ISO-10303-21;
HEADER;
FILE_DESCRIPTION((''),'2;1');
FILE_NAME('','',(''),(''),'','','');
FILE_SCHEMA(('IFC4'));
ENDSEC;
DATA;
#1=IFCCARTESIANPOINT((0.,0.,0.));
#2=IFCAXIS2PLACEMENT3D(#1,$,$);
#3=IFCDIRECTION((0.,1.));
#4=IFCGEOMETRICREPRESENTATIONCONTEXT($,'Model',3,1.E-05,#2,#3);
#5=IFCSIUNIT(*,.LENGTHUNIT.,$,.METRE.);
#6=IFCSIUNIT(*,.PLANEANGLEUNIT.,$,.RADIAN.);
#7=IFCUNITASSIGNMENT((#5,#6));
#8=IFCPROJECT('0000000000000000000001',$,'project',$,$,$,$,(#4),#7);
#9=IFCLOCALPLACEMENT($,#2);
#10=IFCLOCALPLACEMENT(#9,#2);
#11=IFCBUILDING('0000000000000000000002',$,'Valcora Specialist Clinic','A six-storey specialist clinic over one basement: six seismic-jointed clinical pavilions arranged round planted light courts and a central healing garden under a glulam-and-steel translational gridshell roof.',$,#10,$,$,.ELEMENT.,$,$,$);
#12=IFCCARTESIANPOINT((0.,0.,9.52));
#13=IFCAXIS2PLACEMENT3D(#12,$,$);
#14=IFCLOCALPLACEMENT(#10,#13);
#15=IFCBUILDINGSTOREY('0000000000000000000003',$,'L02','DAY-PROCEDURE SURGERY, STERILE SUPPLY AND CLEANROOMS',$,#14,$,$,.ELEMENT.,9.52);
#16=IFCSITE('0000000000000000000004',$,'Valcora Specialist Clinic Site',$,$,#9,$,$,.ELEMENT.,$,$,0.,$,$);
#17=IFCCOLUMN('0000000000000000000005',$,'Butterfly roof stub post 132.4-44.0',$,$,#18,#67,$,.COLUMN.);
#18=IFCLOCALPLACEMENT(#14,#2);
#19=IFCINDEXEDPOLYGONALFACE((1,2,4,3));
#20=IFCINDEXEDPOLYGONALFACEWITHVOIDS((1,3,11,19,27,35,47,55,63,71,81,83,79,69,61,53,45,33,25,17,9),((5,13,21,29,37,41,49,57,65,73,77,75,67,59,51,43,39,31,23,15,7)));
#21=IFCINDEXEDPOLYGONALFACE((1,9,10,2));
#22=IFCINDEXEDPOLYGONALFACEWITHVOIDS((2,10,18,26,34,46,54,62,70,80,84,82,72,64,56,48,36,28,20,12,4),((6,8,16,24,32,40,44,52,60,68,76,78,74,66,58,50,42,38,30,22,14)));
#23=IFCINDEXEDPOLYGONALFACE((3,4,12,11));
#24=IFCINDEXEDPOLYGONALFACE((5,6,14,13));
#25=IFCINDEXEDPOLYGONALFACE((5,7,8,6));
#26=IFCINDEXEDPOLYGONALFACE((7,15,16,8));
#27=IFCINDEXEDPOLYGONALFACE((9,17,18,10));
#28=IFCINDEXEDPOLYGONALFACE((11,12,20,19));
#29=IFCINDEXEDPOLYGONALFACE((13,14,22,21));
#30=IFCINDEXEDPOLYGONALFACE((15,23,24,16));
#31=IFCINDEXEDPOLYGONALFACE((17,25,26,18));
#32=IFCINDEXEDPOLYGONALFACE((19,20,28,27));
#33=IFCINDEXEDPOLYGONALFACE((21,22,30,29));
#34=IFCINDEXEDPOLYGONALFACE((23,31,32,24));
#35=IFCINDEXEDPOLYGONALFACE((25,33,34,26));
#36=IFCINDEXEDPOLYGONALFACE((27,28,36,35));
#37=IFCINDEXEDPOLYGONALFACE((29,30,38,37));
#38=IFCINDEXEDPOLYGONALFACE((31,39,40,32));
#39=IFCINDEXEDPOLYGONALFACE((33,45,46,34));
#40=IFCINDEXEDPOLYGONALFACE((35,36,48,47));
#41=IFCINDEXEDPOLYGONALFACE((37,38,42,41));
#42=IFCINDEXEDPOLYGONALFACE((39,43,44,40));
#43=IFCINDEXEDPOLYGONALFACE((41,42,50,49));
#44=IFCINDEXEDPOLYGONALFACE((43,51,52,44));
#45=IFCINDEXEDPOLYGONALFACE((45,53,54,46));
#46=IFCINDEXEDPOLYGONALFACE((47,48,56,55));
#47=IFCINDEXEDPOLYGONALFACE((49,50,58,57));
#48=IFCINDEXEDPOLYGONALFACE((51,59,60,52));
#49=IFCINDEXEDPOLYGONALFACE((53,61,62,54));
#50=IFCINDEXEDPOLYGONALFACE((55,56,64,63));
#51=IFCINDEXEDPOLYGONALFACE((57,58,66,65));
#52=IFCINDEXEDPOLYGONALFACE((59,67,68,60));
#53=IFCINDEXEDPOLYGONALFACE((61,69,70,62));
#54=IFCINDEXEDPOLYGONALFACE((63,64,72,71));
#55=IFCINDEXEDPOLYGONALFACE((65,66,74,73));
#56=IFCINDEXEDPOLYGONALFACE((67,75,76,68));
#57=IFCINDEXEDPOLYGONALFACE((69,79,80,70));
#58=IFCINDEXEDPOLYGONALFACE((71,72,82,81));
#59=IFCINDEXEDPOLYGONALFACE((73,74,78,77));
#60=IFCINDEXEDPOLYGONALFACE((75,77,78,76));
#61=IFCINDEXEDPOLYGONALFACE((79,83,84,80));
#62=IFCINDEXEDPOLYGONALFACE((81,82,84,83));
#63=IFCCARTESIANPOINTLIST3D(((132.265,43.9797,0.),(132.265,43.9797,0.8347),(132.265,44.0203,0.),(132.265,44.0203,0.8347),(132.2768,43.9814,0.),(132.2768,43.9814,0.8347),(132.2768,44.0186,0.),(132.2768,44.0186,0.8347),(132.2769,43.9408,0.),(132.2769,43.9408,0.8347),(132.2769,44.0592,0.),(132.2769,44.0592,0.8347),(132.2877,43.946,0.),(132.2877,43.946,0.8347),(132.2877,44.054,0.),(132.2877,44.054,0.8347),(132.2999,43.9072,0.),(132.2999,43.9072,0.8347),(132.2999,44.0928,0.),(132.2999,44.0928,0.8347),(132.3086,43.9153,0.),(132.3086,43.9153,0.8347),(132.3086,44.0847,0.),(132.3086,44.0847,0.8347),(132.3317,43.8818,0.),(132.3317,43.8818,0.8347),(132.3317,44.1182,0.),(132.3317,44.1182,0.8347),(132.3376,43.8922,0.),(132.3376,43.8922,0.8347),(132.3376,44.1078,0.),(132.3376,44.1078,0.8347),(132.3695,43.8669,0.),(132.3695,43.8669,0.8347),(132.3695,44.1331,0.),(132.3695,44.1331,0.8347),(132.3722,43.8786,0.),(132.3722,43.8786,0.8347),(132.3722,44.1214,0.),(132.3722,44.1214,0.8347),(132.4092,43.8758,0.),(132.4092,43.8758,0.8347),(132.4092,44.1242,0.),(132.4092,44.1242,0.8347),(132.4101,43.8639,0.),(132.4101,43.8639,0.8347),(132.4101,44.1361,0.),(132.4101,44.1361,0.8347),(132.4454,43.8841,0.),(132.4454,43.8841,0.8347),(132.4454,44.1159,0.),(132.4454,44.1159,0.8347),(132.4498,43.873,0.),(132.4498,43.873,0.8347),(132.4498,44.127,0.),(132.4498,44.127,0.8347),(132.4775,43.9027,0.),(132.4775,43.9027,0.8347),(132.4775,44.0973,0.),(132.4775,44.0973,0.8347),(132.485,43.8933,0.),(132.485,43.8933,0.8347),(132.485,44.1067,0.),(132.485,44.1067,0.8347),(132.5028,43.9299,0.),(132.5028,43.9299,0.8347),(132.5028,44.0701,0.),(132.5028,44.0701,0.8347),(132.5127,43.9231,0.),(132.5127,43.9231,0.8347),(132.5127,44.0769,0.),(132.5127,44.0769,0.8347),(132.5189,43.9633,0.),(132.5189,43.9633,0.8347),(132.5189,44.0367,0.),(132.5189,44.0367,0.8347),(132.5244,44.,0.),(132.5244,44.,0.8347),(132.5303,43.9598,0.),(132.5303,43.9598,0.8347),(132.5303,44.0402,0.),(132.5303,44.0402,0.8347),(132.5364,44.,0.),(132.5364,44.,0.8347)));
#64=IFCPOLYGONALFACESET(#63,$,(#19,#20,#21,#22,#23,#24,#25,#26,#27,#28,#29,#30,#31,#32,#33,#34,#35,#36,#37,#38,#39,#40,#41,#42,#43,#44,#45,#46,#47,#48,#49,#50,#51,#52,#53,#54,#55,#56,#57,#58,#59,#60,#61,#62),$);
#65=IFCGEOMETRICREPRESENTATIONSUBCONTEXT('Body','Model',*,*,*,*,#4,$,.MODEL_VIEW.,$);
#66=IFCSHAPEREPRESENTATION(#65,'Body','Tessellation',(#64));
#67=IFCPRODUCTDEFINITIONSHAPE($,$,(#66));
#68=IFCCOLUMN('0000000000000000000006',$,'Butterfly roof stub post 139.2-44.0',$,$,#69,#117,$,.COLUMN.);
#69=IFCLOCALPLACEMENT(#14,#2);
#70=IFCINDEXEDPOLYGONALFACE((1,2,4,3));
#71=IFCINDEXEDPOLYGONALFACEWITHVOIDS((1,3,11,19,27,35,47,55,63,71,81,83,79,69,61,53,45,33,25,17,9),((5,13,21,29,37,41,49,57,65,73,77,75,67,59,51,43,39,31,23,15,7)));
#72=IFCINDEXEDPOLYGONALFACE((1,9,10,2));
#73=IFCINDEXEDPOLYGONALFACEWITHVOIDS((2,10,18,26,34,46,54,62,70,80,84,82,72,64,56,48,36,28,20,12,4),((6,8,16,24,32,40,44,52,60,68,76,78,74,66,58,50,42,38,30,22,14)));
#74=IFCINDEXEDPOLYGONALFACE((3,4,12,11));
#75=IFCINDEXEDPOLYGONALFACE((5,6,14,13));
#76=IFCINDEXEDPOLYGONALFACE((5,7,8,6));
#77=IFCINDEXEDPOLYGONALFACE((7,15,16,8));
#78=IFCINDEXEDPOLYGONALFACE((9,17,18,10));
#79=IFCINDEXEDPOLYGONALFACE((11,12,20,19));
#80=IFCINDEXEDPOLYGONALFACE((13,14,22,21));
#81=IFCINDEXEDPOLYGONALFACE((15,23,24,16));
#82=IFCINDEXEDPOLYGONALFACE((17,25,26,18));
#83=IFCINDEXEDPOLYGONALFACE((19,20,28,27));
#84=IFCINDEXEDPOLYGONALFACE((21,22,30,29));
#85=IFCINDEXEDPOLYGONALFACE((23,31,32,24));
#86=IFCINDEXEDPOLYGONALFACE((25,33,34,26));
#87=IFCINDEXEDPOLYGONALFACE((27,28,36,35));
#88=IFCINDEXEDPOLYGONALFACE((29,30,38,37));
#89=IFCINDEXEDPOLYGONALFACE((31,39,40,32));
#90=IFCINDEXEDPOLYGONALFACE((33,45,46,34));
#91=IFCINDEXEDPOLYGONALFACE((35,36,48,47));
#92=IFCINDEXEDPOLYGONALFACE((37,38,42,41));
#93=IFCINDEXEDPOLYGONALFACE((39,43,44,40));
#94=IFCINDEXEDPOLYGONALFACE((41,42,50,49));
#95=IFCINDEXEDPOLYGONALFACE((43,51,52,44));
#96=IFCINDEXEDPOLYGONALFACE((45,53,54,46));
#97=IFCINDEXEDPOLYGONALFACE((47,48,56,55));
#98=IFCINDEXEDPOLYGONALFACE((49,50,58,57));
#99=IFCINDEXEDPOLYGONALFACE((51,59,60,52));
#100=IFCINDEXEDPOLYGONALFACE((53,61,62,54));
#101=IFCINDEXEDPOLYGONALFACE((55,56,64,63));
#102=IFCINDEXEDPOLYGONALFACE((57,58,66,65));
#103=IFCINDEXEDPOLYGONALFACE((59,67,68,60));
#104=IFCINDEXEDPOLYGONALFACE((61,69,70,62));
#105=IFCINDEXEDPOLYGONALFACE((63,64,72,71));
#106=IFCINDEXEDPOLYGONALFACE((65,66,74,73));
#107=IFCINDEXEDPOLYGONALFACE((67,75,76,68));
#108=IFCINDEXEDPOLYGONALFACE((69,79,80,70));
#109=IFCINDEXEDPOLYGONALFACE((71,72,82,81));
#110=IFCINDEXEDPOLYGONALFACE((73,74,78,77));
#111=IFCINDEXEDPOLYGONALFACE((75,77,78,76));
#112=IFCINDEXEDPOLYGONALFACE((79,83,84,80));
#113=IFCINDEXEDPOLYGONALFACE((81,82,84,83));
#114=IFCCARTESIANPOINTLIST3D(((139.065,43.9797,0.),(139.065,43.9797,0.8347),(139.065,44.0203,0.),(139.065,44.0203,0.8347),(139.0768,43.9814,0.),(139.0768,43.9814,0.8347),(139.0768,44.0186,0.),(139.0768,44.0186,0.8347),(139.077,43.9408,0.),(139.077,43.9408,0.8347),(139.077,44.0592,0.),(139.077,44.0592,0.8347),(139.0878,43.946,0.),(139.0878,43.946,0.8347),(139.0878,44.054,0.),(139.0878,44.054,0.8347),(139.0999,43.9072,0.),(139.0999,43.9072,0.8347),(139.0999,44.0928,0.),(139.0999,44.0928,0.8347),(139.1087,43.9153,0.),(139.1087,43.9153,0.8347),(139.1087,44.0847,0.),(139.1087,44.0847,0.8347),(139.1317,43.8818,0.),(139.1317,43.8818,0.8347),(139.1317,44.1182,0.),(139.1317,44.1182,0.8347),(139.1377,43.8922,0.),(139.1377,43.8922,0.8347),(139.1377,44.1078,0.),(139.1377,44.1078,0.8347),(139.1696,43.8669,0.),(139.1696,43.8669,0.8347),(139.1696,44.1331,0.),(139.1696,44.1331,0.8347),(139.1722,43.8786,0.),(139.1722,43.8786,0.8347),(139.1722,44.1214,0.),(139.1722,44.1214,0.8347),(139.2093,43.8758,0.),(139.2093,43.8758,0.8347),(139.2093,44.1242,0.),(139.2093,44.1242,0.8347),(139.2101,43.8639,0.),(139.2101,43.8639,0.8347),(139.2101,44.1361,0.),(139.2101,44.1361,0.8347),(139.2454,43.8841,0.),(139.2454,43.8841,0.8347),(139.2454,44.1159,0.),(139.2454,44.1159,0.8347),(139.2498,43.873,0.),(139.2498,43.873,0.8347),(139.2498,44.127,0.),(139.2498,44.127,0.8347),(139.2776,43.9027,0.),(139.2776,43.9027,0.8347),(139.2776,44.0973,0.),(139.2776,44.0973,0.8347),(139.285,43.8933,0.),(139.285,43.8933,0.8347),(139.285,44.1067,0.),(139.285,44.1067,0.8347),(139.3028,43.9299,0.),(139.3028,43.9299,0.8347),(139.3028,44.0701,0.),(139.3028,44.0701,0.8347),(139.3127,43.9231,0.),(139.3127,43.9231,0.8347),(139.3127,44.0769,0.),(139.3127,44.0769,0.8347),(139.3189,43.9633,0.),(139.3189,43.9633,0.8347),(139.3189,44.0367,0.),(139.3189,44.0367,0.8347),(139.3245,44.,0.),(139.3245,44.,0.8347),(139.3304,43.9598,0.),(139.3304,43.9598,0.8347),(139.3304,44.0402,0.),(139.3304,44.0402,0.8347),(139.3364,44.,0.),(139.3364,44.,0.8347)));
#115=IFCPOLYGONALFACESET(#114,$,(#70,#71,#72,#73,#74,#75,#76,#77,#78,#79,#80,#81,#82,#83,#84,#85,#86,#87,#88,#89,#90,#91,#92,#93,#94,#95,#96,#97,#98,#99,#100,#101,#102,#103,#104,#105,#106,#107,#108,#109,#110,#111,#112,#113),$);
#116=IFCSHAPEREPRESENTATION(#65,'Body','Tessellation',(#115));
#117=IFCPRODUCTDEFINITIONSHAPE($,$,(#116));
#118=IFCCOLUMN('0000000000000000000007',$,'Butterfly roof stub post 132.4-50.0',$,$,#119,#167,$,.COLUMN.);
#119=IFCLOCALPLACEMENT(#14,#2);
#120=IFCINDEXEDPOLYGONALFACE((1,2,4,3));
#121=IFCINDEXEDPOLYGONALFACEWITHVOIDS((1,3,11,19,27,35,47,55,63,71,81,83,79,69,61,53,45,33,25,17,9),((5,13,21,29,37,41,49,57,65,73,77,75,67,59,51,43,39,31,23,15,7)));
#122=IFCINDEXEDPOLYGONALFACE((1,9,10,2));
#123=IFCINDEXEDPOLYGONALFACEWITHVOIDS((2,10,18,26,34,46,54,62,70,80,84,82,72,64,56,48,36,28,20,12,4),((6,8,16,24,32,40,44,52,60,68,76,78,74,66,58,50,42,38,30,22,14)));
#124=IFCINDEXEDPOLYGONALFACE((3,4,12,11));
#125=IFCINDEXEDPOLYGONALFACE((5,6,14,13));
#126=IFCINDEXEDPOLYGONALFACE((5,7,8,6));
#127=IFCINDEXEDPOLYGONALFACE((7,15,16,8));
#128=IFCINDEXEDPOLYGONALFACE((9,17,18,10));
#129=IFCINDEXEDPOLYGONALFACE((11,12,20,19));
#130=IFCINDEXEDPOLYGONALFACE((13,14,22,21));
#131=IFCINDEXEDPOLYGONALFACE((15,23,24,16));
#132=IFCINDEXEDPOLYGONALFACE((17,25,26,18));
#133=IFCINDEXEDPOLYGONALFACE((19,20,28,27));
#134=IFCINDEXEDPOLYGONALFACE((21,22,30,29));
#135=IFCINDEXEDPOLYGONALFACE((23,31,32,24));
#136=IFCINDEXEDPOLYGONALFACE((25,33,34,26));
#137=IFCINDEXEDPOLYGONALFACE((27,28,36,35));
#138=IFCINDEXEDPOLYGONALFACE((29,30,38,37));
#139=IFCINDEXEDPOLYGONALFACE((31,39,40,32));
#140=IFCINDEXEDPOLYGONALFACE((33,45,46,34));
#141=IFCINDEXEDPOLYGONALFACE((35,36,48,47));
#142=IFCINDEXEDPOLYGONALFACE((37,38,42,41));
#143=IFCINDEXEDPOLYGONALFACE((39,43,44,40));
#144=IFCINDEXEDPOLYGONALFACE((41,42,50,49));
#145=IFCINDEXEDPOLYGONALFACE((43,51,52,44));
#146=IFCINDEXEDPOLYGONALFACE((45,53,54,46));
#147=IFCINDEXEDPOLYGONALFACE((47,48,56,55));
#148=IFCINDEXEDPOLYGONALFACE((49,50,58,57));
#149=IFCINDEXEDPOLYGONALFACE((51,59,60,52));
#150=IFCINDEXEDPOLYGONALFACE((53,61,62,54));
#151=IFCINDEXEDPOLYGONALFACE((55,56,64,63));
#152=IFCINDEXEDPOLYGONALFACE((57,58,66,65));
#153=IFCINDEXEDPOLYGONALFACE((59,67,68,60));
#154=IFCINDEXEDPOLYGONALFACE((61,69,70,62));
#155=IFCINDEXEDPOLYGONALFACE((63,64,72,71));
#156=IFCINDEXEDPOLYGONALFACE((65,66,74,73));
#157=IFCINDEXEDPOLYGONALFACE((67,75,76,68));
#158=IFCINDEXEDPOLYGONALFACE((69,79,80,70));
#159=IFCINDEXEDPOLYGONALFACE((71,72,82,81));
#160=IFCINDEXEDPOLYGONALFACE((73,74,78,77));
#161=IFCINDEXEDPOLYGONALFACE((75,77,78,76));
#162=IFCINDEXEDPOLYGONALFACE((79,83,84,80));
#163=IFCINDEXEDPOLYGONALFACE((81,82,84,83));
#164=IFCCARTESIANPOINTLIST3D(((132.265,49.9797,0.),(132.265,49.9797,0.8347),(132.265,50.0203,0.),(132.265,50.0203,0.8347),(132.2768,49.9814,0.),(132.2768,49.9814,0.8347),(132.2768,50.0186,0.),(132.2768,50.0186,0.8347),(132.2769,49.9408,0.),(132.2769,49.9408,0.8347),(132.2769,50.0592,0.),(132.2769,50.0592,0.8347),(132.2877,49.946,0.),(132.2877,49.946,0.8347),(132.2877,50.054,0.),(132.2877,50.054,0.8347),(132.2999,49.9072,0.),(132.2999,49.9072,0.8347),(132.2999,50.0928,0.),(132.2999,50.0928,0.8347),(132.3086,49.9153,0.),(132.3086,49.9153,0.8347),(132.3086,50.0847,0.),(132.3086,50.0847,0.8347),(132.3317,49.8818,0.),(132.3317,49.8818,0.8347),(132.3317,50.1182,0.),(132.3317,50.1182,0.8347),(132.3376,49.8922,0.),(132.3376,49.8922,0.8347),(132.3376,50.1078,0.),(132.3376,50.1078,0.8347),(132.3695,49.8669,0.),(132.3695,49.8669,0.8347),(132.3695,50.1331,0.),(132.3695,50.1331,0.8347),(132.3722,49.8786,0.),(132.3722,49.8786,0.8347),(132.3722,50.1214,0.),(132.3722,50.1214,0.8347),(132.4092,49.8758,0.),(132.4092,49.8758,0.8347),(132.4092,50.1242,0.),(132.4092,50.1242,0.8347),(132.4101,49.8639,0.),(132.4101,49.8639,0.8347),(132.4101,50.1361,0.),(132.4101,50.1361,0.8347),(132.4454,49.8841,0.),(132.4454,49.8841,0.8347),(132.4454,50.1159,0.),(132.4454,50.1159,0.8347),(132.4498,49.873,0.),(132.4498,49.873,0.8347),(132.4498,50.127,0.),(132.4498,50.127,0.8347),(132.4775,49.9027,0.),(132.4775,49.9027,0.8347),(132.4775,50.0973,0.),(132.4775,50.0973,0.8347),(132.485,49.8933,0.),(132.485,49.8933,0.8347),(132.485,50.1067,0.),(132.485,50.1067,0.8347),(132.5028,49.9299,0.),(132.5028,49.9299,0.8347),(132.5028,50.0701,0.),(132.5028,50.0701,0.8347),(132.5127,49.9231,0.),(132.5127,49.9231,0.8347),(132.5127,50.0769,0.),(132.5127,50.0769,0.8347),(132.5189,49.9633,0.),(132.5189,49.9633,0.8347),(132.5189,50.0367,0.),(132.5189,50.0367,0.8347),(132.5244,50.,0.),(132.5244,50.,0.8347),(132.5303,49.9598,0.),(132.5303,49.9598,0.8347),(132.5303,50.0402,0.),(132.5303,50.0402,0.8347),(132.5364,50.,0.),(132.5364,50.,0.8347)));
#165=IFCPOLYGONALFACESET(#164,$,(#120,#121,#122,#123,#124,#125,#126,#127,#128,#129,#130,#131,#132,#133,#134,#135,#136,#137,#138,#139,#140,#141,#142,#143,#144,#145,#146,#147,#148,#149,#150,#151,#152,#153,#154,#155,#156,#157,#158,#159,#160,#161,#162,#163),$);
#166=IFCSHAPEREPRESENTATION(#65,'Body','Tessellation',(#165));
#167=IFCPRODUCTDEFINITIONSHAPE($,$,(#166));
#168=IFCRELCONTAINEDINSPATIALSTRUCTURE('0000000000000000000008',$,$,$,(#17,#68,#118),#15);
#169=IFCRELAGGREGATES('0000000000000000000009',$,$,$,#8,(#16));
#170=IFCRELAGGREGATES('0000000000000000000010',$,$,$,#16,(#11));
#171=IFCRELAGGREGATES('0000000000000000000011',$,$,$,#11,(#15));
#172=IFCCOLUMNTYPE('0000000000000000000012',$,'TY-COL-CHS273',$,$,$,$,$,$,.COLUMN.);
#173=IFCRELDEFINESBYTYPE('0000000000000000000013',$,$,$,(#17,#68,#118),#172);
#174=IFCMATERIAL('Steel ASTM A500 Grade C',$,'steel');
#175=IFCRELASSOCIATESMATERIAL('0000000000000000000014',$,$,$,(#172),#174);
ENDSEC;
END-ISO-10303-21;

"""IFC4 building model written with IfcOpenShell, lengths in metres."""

from ifc_helpers import new_model, si_unit, direction, frame, origin, origin_2d, place, context, subcontext, project, spatial, hollow_circle, extrude, material, material_profile, profile_set, type_object, element, save


model = new_model("IFC4")

# Units and contexts
model_context = context("Model", 3, precision=1e-05, world=origin(), true_north=direction((0.0, 1.0)))
body_context = subcontext(model_context, "Body", "Model", "MODEL_VIEW")
ifc_project = project(units=[si_unit("LENGTHUNIT", "METRE"), si_unit("PLANEANGLEUNIT", "RADIAN")], contexts=[model_context])

# Site, building, storey
site_placement = place(None, origin())
site = spatial("IfcSite", under=ifc_project, at=site_placement, Name="Valcora Specialist Clinic Site", CompositionType="ELEMENT", RefElevation=0.0)
building_placement = place(site_placement, origin())
building = spatial("IfcBuilding", under=site, at=building_placement, Name="Valcora Specialist Clinic", Description="A six-storey specialist clinic over one basement: six seismic-jointed clinical pavilions arranged round planted light courts and a central healing garden under a glulam-and-steel translational gridshell roof.", CompositionType="ELEMENT")
storey_placement = place(building_placement, frame((0.0, 0.0, 9.52)))
storey = spatial("IfcBuildingStorey", under=building, at=storey_placement, Name="L02", Description="DAY-PROCEDURE SURGERY, STERILE SUPPLY AND CLEANROOMS", CompositionType="ELEMENT", Elevation=9.52)

# Columns
ifc_material_1 = material(Name="Steel ASTM A500 Grade C", Category="steel")
ifc_material_profile_1 = material_profile(ifc_material_1, hollow_circle(Radius=0.1365, WallThickness=0.012, at=origin_2d()), Name="ST-CHS-273X12")
ifc_profile_set_1 = profile_set([ifc_material_profile_1], Name="Steel ASTM A500 Grade C")
column_type = type_object("IfcColumnType", Name="TY-COL-CHS273", PredefinedType="COLUMN", material=ifc_profile_set_1)
for number, where, z_axis, x_axis, name in (
    (1, (132.3999, 44.0, 0.0), (0.0, 0.0, 1.0), (1.0, 0.0, 0.0), "Butterfly roof stub post 132.4-44.0"),
    (2, (139.2, 44.0, 0.0), (0.0, 0.0, 1.0), (1.0, 0.0, 0.0), "Butterfly roof stub post 139.2-44.0"),
    (3, (132.3999, 50.0, 0.0), (0.0, 0.0, 1.0), (1.0, 0.0, 0.0), "Butterfly roof stub post 132.4-50.0"),
):
    element("IfcColumn", number, at=place(storey_placement, frame(where, z_axis=z_axis, x_axis=x_axis)), inside=storey, type_object=column_type, Name=name, PredefinedType="COLUMN", context=body_context, shape_type="SweptSolid", body=[
        extrude(hollow_circle(Radius=0.1365, WallThickness=0.012, at=origin_2d()), origin(), (0.0, 0.0, 1.0), 0.8347),
    ])

save(model, "model.ifc")
